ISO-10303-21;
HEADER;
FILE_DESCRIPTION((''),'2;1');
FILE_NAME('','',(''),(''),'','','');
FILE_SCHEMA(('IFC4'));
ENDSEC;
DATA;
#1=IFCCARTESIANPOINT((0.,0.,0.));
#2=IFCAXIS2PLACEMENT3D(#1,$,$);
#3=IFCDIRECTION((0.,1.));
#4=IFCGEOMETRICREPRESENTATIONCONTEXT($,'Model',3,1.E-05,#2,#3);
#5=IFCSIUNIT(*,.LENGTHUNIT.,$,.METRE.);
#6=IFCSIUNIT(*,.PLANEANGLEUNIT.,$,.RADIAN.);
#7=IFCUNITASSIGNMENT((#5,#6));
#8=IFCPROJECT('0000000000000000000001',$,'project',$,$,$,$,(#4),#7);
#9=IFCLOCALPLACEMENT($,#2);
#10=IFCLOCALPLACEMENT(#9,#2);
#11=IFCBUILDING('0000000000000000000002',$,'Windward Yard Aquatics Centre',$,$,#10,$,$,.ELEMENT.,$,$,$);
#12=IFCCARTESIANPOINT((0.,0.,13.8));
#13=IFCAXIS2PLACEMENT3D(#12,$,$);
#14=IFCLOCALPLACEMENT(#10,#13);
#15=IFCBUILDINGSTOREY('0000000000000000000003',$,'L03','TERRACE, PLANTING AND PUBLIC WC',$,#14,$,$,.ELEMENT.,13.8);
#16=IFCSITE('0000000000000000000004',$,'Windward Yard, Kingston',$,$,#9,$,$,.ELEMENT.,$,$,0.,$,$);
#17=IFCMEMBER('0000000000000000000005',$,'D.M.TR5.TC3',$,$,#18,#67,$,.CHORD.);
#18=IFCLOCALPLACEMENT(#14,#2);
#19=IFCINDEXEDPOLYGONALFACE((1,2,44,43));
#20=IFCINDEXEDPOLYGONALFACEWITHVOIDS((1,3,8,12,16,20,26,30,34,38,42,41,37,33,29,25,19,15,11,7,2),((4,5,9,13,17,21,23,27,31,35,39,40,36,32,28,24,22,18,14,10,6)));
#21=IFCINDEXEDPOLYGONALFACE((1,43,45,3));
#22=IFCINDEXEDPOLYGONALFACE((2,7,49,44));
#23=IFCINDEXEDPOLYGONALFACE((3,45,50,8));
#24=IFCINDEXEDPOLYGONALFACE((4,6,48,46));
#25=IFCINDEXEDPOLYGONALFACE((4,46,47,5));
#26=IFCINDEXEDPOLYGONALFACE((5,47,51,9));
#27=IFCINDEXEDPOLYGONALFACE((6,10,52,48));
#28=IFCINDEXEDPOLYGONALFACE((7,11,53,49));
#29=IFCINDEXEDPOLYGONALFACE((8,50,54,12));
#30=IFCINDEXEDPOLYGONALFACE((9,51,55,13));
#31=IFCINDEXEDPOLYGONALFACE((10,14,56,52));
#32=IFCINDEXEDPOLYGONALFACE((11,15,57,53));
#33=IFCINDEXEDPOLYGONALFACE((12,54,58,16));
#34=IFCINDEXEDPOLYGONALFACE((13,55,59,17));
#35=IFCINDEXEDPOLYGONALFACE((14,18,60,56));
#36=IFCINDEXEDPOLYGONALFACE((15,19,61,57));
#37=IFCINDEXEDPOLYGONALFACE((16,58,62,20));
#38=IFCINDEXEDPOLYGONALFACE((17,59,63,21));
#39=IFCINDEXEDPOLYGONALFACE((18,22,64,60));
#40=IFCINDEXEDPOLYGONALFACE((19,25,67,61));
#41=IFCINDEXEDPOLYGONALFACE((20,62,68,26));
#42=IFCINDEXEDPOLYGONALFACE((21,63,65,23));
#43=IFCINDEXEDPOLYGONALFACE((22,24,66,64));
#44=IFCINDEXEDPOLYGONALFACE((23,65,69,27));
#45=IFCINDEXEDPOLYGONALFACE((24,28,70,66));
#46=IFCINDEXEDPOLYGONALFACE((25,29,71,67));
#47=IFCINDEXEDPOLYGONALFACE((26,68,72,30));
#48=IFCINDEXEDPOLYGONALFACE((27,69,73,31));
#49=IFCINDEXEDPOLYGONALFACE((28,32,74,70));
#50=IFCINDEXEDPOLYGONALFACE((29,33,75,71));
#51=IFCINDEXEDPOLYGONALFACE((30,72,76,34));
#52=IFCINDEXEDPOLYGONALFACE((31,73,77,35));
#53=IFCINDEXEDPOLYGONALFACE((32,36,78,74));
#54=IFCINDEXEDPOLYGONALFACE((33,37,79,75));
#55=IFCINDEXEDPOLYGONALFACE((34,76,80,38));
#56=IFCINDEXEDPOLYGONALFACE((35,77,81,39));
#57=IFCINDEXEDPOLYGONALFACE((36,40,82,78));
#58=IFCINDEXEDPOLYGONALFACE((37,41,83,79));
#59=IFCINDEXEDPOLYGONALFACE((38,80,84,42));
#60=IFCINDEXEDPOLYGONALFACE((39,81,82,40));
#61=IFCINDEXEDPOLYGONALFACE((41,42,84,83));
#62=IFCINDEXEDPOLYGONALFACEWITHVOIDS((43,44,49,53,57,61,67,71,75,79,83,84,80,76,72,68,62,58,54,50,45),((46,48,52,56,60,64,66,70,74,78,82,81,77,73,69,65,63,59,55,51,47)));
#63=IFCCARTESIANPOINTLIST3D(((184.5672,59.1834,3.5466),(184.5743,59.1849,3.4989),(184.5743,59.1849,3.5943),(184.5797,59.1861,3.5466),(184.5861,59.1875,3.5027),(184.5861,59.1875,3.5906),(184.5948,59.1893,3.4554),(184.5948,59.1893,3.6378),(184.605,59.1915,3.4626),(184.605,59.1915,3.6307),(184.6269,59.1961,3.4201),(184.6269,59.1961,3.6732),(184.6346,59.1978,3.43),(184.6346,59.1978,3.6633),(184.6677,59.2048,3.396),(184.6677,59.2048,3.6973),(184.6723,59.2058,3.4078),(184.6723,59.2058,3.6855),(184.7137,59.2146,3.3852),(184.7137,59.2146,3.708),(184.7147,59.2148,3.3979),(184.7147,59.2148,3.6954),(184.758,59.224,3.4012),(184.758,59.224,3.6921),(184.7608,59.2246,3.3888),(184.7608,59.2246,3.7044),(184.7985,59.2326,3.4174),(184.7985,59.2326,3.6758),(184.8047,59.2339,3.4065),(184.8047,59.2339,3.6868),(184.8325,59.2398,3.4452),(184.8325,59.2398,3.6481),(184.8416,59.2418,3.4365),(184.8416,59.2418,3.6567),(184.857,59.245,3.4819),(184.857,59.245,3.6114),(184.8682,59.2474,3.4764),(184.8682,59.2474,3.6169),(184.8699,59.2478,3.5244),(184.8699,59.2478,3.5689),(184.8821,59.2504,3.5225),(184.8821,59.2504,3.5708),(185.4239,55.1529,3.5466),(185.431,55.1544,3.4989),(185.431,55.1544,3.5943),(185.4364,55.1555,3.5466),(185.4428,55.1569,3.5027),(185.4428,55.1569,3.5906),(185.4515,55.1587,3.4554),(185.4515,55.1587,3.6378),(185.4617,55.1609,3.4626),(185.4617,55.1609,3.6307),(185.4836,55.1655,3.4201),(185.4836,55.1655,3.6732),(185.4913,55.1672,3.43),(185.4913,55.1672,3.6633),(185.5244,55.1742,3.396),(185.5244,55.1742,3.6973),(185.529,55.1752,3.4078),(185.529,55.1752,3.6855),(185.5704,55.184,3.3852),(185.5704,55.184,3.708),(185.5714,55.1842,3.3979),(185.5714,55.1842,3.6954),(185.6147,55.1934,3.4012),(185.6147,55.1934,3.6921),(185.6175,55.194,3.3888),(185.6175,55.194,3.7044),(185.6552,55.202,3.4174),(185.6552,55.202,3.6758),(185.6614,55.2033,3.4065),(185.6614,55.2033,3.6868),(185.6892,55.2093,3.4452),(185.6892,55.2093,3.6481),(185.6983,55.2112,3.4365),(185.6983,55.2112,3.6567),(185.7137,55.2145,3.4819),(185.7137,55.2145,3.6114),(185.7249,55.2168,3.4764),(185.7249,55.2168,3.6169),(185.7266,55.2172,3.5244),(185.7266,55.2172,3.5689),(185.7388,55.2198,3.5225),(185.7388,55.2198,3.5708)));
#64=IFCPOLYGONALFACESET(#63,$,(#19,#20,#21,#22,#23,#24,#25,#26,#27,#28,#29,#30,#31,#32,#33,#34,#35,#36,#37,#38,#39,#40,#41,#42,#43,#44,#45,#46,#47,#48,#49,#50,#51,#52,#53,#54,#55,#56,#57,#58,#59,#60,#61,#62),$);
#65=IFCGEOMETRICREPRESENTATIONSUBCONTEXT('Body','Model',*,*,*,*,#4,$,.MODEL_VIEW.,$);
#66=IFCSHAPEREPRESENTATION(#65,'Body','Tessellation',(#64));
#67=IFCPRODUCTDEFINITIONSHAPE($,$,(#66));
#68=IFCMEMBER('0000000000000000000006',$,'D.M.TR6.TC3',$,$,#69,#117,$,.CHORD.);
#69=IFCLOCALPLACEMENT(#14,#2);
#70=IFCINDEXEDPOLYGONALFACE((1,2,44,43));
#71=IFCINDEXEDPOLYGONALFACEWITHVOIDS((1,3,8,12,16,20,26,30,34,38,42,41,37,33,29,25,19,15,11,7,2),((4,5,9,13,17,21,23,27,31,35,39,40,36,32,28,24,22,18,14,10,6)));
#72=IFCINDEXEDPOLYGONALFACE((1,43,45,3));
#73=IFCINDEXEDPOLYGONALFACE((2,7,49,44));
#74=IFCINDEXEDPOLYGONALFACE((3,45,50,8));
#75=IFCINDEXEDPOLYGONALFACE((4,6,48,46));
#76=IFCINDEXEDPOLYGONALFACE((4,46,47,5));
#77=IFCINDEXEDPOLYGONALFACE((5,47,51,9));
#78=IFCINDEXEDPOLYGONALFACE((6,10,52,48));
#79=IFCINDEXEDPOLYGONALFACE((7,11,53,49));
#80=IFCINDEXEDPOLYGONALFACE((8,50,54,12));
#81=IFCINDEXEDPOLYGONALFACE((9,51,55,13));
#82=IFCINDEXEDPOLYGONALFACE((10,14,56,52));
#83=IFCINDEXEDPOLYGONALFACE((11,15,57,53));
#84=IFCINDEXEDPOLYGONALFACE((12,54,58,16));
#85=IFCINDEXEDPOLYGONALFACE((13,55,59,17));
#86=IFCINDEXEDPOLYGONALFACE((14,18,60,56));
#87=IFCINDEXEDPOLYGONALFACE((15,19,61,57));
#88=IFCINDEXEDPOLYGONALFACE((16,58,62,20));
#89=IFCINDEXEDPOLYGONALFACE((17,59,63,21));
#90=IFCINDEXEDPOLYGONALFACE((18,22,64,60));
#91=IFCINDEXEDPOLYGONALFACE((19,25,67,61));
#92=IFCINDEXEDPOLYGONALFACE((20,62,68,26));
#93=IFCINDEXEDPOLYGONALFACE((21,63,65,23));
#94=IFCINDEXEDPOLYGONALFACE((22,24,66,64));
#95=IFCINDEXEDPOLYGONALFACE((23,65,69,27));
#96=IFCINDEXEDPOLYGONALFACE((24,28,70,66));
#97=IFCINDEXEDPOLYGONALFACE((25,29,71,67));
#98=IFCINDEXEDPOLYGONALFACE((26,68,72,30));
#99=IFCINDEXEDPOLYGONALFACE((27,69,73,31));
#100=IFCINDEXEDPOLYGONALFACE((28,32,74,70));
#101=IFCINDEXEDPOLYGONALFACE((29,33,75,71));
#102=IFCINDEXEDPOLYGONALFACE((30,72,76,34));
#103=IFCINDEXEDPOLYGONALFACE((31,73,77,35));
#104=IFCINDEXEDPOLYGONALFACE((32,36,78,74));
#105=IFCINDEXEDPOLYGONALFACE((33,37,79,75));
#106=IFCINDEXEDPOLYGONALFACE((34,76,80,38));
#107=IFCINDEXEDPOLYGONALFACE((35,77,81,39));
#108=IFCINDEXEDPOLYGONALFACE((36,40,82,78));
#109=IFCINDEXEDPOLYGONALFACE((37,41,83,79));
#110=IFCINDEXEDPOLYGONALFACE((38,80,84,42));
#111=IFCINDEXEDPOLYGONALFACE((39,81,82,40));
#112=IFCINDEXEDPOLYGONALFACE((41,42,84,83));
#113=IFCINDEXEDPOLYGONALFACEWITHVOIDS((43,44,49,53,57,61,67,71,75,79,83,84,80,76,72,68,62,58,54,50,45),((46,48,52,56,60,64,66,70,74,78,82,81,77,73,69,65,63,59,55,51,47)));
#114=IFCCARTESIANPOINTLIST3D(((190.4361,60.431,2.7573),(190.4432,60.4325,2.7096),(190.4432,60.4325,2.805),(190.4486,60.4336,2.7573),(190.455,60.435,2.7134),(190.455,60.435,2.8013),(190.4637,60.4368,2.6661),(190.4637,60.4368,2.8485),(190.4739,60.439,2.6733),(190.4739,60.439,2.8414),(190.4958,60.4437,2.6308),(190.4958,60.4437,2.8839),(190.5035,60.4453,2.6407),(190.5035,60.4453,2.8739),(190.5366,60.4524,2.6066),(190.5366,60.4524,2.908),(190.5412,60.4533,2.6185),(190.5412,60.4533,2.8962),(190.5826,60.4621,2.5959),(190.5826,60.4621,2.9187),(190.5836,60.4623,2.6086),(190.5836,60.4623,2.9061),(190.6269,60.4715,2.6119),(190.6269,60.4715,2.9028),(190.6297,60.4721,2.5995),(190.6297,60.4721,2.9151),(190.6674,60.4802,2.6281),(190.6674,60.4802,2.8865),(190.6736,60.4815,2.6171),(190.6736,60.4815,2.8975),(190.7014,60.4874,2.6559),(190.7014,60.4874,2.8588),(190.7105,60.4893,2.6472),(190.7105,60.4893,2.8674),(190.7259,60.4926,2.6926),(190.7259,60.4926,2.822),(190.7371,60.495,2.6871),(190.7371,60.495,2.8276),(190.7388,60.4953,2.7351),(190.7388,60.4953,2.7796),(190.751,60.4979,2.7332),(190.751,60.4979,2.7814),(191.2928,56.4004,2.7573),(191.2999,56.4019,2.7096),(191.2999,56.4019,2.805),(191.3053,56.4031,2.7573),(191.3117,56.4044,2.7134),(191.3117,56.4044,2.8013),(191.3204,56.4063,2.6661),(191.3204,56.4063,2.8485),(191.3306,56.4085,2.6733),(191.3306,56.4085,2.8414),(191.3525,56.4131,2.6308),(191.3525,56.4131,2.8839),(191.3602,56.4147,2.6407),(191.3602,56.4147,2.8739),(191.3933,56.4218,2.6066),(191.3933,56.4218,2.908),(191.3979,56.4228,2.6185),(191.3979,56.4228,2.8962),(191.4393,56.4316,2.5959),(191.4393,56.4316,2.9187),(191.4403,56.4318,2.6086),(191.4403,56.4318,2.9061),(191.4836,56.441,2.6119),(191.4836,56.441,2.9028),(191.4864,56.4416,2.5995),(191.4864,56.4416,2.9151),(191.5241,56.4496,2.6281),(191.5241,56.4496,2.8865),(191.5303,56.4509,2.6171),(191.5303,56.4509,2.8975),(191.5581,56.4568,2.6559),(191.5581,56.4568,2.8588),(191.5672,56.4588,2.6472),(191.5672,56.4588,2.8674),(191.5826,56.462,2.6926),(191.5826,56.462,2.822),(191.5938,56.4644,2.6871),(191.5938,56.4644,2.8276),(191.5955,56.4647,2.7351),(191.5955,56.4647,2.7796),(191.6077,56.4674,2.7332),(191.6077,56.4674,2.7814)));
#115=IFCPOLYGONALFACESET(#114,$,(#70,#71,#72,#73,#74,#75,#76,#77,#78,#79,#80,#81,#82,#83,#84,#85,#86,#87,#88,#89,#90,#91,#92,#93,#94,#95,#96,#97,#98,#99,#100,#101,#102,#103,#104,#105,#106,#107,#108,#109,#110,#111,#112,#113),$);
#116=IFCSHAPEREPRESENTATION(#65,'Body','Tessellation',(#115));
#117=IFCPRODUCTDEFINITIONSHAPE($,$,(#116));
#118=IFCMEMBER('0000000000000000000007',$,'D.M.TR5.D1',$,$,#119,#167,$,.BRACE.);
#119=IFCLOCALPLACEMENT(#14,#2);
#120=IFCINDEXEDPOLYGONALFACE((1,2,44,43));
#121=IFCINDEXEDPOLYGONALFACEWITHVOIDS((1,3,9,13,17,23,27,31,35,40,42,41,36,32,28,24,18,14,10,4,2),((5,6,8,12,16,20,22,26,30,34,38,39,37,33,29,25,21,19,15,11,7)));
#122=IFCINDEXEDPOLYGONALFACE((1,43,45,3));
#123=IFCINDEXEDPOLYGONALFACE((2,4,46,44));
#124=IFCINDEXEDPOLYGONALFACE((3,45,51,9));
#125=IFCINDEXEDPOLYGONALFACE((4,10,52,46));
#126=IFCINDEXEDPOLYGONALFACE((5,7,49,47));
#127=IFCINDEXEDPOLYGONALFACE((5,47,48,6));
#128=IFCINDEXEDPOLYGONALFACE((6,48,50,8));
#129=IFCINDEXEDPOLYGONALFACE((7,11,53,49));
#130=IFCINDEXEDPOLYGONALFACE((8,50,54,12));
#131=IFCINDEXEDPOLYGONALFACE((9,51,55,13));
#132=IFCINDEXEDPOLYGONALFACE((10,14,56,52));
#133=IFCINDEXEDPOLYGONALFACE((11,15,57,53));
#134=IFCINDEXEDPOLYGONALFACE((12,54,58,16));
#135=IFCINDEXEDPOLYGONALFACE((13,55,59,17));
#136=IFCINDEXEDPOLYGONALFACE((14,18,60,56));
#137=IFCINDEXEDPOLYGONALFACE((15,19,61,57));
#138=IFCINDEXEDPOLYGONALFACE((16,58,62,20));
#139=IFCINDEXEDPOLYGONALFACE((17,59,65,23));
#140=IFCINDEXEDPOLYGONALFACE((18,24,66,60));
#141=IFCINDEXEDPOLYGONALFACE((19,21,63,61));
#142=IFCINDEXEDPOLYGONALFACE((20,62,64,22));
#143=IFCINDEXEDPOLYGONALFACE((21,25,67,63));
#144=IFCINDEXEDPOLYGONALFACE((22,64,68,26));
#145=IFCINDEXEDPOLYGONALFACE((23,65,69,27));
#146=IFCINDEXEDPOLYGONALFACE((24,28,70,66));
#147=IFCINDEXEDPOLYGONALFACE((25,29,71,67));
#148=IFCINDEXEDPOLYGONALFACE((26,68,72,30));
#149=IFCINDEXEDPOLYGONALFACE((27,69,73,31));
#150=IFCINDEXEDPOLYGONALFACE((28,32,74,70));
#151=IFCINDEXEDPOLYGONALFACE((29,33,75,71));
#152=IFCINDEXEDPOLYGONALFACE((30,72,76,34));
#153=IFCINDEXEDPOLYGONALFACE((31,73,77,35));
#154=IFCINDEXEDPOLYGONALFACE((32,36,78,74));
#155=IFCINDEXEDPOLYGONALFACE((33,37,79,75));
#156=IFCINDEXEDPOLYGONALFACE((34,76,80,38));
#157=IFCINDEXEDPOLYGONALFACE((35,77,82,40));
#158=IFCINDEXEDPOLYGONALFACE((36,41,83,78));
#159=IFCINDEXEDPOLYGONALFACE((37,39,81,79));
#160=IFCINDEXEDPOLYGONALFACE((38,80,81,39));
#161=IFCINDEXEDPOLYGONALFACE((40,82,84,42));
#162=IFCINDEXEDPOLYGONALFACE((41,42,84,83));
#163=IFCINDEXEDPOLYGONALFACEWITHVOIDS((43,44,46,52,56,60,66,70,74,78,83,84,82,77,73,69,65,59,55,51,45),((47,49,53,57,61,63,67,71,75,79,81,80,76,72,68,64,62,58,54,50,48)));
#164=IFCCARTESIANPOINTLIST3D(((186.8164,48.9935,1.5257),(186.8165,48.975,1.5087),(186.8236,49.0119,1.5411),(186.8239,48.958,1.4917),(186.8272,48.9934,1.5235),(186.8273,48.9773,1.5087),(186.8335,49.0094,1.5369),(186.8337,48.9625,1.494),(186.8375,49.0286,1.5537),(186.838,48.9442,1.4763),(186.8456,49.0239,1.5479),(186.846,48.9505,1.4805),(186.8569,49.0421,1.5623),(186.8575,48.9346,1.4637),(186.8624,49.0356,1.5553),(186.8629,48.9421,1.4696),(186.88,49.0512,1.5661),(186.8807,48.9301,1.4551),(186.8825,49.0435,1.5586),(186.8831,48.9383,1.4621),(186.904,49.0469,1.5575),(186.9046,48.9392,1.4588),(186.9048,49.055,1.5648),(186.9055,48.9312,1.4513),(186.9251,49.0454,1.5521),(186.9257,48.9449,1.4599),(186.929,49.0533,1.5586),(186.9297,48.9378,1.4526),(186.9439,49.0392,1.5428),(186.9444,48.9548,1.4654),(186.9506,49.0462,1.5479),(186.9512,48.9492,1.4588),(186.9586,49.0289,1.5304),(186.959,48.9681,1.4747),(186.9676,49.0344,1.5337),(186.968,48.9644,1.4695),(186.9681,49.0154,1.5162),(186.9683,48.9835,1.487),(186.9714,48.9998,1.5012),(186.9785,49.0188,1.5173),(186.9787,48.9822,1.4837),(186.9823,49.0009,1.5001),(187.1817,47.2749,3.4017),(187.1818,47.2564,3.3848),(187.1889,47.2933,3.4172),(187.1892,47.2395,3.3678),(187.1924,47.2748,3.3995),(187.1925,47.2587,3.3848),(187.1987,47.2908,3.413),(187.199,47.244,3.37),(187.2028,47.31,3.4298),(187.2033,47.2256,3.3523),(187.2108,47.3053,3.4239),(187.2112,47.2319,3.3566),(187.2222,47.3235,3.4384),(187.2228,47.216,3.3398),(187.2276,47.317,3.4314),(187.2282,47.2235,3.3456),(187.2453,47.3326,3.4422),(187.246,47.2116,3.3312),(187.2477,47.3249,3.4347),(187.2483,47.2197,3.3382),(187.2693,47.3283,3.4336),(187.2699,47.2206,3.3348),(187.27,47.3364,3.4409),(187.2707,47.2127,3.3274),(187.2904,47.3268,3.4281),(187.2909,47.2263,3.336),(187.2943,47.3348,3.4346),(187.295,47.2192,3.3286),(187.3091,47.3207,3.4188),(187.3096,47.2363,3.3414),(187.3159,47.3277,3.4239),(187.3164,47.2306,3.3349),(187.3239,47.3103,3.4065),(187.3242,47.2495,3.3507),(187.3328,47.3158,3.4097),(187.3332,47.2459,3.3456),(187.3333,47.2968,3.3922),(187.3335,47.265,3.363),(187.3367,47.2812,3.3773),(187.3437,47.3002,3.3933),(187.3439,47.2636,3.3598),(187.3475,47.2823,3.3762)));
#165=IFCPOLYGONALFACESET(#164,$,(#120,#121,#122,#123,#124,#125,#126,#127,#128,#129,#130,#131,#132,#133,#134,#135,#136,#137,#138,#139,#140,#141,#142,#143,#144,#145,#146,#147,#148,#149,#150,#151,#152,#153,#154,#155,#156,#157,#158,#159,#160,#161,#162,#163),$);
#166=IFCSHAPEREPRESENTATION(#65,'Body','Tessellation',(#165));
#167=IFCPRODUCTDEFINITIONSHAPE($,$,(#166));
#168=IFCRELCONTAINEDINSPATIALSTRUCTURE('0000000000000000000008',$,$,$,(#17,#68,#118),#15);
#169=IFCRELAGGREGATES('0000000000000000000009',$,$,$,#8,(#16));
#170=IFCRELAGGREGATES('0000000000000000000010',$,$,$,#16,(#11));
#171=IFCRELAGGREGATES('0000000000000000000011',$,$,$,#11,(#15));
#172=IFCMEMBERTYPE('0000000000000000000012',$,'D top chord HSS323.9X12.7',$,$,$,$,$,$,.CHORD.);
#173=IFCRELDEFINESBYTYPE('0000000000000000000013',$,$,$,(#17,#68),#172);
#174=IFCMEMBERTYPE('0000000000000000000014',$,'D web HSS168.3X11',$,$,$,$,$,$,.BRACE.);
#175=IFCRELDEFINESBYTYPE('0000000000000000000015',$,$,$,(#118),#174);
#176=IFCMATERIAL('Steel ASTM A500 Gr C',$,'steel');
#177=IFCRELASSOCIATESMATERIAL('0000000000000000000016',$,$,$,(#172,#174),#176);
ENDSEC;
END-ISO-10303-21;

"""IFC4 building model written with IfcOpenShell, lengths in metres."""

from ifc_helpers import new_model, si_unit, direction, frame, origin, origin_2d, place, context, subcontext, project, spatial, hollow_circle, extrude, material, material_profile, profile_set, type_object, element, save


model = new_model("IFC4")

# Units and contexts
model_context = context("Model", 3, precision=1e-05, world=origin(), true_north=direction((0.0, 1.0)))
body_context = subcontext(model_context, "Body", "Model", "MODEL_VIEW")
ifc_project = project(units=[si_unit("LENGTHUNIT", "METRE"), si_unit("PLANEANGLEUNIT", "RADIAN")], contexts=[model_context])

# Site, building, storey
site_placement = place(None, origin())
site = spatial("IfcSite", under=ifc_project, at=site_placement, Name="Windward Yard, Kingston", CompositionType="ELEMENT", RefElevation=0.0)
building_placement = place(site_placement, origin())
building = spatial("IfcBuilding", under=site, at=building_placement, Name="Windward Yard Aquatics Centre", CompositionType="ELEMENT")
storey_placement = place(building_placement, frame((0.0, 0.0, 13.8)))
storey = spatial("IfcBuildingStorey", under=building, at=storey_placement, Name="L03", Description="TERRACE, PLANTING AND PUBLIC WC", CompositionType="ELEMENT", Elevation=13.8)

# Shared definitions
ifc_material_1 = material(Name="Steel ASTM A500 Gr C", Category="steel")

# Members
ifc_material_profile_1 = material_profile(ifc_material_1, hollow_circle(Radius=0.1619, WallThickness=0.0127, at=origin_2d()), Name="HSS323.9X12.7")
ifc_profile_set_1 = profile_set([ifc_material_profile_1], Name="Steel ASTM A500 Gr C")
member_type_1 = type_object("IfcMemberType", Name="D top chord HSS323.9X12.7", PredefinedType="CHORD", material=ifc_profile_set_1)
for number, where, z_axis, x_axis, name in (
    (1, (185.5823, 55.1865, 3.5466), (-0.207906, 0.978149, 0.0), (-0.978149, -0.207906, 0.0), "D.M.TR5.TC3"),
    (2, (191.4512, 56.4341, 2.7573), (-0.207906, 0.978149, 0.0), (-0.978149, -0.207906, 0.0), "D.M.TR6.TC3"),
):
    element("IfcMember", number, at=place(storey_placement, frame(where, z_axis=z_axis, x_axis=x_axis)), inside=storey, type_object=member_type_1, Name=name, PredefinedType="CHORD", context=body_context, shape_type="SweptSolid", body=[
        extrude(hollow_circle(Radius=0.1619, WallThickness=0.0127, at=origin_2d()), origin(), (0.0, 0.0, 1.0), 4.1206),
    ])
ifc_material_profile_2 = material_profile(ifc_material_1, hollow_circle(Radius=0.0842, WallThickness=0.011, at=origin_2d()), Name="HSS168.3X11")
ifc_profile_set_2 = profile_set([ifc_material_profile_2], Name="Steel ASTM A500 Gr C")
member_type_2 = type_object("IfcMemberType", Name="D web HSS168.3X11", PredefinedType="BRACE", material=ifc_profile_set_2)
for number, where, z_axis, x_axis, name in (
    (3, (187.2642, 47.2739, 3.3848), (-0.142103, 0.668626, -0.729894), (-0.978153, -0.207887, 0.0), "D.M.TR5.D1"),
):
    element("IfcMember", number, at=place(storey_placement, frame(where, z_axis=z_axis, x_axis=x_axis)), inside=storey, type_object=member_type_2, Name=name, PredefinedType="BRACE", context=body_context, shape_type="SweptSolid", body=[
        extrude(hollow_circle(Radius=0.0842, WallThickness=0.011, at=origin_2d()), origin(), (0.0, 0.0, 1.0), 2.5703),
    ])

save(model, "model.ifc")
